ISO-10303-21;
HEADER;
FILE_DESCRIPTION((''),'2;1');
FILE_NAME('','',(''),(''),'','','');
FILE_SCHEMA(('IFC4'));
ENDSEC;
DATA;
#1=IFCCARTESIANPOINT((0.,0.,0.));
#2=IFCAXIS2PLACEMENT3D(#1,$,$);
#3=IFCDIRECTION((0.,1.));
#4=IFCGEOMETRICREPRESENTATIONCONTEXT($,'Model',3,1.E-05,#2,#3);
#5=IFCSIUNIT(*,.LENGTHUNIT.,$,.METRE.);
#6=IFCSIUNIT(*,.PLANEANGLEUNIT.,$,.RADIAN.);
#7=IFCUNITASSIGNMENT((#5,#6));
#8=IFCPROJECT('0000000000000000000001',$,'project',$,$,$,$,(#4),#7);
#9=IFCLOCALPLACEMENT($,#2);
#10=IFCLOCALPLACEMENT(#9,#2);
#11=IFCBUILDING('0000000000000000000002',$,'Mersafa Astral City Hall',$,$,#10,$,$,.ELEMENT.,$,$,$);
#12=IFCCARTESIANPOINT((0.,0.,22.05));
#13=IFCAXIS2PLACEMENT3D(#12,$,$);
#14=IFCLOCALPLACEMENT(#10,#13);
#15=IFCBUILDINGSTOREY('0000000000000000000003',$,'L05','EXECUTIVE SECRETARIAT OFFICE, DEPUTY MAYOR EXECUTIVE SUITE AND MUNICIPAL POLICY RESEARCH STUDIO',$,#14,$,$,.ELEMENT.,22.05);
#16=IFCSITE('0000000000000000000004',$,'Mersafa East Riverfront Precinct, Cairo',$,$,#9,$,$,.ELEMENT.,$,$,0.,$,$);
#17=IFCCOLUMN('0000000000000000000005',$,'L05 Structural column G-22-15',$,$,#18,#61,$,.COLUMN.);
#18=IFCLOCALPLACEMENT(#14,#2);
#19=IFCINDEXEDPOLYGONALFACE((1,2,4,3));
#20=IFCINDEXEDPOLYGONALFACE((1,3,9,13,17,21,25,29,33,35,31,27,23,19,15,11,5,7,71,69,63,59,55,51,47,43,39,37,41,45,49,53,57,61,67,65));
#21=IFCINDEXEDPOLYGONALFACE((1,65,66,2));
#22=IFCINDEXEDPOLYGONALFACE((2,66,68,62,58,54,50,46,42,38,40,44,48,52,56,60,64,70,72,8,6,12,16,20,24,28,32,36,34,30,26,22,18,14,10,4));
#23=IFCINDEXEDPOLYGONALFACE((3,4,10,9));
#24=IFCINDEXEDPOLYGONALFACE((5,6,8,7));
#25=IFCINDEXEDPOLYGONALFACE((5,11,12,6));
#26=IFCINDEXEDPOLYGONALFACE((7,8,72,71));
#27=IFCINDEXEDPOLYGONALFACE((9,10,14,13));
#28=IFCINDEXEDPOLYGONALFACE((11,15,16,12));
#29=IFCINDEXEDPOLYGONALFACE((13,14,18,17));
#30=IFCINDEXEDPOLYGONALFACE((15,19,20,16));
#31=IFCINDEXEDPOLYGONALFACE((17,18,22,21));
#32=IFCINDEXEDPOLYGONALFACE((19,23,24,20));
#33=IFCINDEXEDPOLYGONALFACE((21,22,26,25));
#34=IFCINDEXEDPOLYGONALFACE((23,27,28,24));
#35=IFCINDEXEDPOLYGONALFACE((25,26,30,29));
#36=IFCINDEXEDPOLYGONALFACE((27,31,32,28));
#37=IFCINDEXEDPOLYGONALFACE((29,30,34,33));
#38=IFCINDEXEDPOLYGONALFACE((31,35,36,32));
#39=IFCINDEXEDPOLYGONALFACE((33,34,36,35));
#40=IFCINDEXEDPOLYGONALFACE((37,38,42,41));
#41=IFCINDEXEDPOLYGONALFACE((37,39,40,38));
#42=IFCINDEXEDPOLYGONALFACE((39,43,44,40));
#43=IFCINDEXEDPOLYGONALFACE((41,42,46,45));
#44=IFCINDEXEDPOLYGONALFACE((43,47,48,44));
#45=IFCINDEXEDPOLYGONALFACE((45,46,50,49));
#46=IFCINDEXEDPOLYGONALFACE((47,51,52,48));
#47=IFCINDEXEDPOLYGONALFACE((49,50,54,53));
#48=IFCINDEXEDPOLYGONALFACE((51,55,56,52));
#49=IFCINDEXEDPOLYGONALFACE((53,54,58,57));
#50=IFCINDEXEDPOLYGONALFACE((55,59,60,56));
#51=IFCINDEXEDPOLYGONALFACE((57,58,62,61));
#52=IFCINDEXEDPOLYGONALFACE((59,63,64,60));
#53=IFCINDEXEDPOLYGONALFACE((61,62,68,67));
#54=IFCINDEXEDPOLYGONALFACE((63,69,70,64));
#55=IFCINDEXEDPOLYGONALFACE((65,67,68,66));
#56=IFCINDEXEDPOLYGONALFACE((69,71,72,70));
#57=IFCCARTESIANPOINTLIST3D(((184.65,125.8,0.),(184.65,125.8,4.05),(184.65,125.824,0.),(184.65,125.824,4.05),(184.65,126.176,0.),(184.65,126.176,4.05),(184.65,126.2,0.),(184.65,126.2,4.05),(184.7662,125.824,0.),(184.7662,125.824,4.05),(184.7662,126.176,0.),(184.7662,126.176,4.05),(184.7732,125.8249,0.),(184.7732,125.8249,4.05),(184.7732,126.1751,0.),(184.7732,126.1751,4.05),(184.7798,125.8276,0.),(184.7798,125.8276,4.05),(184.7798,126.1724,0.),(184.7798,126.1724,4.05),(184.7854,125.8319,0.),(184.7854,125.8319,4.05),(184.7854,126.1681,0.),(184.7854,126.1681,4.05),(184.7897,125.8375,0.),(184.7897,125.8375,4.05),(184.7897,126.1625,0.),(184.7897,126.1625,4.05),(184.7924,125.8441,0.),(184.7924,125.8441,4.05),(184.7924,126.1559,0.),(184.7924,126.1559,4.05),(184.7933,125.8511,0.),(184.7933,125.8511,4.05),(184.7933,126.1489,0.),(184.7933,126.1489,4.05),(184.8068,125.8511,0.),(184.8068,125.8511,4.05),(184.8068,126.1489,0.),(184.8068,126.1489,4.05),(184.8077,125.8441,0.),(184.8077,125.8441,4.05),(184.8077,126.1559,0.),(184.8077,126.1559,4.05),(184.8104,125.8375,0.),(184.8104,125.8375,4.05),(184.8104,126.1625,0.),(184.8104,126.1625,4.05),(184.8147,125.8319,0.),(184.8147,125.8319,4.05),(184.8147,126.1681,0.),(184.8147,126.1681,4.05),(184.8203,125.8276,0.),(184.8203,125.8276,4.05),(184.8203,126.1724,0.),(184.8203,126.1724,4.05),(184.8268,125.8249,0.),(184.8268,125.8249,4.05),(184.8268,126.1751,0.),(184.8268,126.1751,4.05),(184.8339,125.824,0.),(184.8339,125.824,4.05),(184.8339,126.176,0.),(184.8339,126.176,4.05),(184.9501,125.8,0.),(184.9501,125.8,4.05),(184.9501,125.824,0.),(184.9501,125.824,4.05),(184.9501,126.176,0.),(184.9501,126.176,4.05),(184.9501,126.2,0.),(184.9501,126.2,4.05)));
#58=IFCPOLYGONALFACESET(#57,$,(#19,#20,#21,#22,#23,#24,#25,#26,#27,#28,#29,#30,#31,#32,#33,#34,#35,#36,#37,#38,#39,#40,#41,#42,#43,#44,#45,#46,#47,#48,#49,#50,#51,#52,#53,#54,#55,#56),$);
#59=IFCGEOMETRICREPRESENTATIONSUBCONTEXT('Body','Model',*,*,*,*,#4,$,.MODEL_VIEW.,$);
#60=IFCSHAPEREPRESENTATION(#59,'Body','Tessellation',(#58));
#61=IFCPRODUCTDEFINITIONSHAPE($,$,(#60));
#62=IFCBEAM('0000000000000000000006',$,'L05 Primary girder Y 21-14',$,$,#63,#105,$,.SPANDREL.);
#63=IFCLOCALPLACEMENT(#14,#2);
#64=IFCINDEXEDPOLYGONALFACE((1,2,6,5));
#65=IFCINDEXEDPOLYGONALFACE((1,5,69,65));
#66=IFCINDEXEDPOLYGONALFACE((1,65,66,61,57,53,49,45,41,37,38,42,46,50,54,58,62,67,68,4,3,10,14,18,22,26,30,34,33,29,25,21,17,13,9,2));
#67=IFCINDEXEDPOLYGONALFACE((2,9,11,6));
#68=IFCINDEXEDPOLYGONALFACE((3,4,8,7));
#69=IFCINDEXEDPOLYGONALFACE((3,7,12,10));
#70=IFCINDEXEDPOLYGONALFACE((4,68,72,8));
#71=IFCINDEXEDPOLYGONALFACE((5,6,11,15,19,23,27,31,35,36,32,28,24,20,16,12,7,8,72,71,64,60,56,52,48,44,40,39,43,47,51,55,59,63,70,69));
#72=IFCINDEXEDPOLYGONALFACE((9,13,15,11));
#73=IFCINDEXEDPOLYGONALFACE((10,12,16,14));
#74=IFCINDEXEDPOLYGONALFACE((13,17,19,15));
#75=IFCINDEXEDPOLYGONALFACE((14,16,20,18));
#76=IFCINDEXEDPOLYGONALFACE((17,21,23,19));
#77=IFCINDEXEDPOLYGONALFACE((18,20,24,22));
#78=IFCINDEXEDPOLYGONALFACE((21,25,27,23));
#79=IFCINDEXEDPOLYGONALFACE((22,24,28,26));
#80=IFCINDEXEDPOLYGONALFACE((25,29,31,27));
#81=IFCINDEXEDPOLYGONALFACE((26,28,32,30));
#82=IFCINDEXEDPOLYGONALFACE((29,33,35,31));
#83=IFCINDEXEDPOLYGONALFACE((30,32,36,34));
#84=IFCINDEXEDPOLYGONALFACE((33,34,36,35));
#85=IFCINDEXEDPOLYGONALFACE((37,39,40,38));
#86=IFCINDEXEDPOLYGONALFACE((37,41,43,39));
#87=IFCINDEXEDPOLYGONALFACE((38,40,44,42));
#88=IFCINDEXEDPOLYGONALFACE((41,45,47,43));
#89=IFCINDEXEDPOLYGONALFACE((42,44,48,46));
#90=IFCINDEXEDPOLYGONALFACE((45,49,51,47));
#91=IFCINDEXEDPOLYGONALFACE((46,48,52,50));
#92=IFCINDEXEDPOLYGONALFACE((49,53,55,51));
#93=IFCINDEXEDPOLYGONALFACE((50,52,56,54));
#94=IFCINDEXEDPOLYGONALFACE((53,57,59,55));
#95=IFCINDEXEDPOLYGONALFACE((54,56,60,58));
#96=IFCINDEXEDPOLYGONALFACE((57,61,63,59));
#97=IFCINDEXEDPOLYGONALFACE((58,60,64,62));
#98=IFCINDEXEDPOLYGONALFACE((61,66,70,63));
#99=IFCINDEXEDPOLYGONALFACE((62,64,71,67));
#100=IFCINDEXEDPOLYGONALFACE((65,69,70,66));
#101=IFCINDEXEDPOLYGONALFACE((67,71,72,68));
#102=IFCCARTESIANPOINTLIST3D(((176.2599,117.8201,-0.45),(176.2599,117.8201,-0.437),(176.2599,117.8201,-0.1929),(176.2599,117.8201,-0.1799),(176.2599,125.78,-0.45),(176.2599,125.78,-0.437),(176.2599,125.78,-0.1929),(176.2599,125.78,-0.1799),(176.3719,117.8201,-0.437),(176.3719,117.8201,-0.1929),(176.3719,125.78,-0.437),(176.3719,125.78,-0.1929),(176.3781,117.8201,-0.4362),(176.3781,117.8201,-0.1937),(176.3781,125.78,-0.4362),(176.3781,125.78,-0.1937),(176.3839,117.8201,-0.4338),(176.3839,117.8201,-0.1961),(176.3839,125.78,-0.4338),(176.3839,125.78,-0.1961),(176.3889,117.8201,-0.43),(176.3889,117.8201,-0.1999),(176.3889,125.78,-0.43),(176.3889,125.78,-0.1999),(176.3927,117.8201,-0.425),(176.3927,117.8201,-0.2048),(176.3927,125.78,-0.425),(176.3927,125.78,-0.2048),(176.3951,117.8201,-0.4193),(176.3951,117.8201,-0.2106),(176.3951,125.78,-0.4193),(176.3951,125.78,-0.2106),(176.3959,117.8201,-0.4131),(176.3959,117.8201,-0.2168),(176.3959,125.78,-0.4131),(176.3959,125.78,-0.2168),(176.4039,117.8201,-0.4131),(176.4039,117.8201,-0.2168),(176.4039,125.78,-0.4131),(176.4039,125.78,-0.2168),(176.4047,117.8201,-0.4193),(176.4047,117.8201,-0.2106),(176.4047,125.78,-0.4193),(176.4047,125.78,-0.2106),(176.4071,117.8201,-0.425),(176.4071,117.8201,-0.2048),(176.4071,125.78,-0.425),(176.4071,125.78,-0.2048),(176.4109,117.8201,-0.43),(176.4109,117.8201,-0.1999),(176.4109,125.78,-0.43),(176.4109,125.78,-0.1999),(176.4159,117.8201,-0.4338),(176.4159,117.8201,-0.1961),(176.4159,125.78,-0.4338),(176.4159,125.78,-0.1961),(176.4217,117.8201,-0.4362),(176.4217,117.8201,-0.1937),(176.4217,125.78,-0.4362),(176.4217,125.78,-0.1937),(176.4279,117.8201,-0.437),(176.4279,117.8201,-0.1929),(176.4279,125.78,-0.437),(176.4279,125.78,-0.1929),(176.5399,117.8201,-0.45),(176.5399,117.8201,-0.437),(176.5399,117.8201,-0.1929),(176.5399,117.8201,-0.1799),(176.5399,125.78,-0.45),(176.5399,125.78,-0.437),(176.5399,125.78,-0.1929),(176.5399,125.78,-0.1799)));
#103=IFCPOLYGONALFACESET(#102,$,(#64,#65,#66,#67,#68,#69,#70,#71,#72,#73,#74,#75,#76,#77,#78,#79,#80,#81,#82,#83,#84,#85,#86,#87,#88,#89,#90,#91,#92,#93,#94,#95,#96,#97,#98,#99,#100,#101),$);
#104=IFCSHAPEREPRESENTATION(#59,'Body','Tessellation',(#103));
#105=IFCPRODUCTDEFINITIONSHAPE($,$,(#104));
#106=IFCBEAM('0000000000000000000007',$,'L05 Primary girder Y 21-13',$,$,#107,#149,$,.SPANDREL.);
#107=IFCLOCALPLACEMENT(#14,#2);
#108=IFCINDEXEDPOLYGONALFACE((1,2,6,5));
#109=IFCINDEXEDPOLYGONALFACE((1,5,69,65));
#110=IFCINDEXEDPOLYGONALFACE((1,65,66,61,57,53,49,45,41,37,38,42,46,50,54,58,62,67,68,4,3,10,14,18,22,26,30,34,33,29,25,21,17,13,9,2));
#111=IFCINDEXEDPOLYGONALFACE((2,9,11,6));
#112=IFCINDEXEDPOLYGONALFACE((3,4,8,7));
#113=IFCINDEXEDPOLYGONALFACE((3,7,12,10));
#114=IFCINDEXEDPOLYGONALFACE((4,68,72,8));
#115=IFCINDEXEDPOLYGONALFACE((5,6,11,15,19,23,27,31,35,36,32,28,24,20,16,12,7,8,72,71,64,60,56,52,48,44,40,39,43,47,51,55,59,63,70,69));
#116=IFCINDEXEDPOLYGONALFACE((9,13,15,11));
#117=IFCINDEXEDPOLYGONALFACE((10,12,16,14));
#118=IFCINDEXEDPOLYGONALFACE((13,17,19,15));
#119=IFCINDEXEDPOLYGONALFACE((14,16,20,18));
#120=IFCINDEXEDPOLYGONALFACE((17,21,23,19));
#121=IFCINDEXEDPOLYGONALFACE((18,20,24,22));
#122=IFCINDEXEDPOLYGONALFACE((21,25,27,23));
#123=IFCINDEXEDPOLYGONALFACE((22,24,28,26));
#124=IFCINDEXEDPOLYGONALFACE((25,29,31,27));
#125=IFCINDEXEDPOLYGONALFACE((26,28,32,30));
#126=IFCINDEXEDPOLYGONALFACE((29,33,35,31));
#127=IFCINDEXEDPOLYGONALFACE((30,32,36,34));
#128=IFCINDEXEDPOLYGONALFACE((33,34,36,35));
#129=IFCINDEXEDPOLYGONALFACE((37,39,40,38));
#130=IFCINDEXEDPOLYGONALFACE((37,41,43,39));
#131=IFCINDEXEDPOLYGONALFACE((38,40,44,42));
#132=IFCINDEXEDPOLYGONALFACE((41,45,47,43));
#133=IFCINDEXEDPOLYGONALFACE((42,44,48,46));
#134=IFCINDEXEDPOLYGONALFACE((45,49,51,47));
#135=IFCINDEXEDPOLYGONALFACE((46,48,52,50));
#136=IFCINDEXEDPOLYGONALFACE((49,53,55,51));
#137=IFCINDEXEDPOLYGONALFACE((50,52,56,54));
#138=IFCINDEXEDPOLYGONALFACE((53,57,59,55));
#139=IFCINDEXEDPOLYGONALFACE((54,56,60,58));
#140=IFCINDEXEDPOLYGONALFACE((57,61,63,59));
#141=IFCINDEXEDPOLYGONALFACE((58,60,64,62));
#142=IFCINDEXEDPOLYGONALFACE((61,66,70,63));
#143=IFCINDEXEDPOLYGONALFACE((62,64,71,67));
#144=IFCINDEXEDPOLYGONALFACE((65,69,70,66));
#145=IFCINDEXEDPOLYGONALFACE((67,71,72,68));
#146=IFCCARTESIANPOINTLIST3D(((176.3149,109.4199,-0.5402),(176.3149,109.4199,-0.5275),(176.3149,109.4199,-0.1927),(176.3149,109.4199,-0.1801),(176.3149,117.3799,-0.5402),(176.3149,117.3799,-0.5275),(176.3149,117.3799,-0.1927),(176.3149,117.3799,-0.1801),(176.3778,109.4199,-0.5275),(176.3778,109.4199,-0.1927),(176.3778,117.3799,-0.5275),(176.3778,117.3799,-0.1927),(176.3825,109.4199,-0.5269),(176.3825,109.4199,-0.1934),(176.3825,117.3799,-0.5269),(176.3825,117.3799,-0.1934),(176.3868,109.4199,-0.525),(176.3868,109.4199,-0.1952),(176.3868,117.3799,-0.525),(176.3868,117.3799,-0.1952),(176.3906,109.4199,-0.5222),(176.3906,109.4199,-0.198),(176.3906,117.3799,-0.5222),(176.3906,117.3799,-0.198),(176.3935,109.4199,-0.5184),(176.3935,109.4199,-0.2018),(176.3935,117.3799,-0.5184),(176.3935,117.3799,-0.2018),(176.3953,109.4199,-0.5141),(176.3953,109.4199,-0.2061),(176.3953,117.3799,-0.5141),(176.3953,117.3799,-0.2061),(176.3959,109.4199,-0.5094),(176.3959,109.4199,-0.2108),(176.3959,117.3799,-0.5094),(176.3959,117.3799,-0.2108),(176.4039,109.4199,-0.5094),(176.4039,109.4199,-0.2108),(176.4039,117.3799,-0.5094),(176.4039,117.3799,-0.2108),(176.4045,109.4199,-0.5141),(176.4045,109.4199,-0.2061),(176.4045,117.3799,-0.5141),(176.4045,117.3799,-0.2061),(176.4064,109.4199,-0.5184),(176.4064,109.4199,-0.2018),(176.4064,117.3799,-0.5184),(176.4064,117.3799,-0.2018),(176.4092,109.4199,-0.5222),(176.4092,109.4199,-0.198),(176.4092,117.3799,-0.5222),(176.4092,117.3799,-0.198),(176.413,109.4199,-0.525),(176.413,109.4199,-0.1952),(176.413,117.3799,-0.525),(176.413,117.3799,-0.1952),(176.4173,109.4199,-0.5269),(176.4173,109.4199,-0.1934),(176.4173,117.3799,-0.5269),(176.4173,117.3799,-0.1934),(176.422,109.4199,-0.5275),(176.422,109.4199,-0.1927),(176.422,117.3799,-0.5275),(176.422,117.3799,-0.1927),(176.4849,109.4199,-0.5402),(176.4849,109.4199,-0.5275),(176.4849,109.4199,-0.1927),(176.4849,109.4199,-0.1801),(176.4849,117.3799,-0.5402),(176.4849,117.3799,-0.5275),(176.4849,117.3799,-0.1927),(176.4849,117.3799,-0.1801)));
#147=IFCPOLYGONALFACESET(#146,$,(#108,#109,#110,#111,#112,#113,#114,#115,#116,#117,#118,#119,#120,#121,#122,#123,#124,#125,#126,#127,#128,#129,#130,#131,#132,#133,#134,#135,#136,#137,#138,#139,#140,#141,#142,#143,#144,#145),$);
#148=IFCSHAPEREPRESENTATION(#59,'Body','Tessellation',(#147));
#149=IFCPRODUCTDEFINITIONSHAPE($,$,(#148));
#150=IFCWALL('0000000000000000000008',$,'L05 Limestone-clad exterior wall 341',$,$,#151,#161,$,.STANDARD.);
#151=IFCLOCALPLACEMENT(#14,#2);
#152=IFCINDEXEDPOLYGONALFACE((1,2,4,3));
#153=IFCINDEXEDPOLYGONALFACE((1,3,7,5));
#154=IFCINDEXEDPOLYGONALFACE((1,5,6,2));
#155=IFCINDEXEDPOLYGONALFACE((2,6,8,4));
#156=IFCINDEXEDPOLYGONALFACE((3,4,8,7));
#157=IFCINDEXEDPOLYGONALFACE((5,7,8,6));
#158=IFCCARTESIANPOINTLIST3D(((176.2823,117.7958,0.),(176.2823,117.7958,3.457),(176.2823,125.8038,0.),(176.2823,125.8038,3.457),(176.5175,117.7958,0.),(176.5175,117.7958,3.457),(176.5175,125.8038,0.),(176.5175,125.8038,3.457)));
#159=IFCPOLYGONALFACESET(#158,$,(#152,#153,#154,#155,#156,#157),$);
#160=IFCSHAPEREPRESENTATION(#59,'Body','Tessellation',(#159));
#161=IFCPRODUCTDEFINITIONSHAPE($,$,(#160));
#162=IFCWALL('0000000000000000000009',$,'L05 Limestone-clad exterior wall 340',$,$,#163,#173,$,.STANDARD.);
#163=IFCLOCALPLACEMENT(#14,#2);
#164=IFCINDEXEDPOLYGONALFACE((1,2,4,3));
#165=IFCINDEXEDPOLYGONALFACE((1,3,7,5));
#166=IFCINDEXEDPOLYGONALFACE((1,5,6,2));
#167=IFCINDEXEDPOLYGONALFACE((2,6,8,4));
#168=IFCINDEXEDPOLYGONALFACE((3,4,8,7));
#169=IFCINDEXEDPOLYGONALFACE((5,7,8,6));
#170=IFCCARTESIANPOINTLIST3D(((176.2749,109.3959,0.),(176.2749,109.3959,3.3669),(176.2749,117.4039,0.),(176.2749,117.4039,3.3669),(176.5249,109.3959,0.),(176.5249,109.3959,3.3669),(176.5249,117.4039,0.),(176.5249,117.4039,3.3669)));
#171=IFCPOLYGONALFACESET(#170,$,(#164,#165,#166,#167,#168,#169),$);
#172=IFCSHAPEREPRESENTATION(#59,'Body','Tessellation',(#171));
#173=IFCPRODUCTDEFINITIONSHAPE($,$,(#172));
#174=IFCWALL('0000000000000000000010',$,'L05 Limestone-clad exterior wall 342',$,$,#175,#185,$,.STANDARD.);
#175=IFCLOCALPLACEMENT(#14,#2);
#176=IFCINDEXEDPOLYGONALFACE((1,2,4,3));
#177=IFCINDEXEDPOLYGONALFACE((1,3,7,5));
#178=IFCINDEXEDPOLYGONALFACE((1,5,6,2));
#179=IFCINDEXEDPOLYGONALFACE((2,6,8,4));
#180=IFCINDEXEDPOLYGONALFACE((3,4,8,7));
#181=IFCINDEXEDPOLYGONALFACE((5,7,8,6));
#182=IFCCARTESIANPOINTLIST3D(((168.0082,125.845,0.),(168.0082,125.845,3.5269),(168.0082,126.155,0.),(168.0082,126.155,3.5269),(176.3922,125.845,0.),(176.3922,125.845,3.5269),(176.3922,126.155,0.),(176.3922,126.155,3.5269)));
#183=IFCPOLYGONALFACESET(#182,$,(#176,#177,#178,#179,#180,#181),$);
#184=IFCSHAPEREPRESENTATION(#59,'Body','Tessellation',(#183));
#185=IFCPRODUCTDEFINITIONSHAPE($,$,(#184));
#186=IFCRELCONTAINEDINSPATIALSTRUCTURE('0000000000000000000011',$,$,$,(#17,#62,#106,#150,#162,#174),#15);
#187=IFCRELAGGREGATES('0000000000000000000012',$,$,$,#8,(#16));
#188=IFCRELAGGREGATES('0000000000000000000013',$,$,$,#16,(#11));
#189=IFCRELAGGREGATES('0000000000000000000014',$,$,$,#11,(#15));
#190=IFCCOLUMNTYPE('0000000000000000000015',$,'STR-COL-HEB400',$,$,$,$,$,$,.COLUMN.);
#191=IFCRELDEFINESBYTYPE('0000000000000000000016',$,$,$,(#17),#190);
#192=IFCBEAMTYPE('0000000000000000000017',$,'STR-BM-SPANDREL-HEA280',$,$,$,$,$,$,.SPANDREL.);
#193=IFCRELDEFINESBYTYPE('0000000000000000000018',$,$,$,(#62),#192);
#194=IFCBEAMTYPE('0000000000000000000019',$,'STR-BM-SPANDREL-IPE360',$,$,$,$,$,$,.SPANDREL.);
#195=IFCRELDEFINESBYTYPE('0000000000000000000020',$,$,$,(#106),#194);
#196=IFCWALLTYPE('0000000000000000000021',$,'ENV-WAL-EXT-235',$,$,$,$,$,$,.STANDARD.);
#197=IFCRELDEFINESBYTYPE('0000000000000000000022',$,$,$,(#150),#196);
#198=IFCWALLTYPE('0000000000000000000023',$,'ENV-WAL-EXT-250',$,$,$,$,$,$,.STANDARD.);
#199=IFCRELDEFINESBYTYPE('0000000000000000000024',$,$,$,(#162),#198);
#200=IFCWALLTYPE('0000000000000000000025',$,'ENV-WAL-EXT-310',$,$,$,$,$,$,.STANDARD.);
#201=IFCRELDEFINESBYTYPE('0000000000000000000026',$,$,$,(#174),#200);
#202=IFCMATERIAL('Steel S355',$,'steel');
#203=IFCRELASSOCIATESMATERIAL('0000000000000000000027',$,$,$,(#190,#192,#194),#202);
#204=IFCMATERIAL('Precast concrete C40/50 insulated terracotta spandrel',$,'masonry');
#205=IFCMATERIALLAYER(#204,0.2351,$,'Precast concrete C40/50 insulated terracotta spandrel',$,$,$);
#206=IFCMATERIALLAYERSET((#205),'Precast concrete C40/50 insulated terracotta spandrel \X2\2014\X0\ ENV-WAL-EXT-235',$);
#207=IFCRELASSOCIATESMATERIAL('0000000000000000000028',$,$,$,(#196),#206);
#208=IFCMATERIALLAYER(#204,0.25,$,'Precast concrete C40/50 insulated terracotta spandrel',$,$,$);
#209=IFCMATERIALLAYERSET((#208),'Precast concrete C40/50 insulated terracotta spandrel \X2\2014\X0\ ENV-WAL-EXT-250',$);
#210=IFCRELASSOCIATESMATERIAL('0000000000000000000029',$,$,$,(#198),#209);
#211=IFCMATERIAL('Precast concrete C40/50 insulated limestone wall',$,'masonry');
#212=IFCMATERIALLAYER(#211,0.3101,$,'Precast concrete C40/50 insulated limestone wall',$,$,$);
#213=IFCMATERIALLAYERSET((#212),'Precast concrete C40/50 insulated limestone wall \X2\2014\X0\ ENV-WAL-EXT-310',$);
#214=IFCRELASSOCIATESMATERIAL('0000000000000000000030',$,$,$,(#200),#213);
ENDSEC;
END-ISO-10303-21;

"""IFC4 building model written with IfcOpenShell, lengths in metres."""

from ifc_helpers import new_model, si_unit, direction, frame, frame_2d, origin, origin_2d, place, context, subcontext, project, spatial, rectangle, i_section, extrude, material, layer, layer_set, material_profile, profile_set, type_object, element, save


model = new_model("IFC4")

# Units and contexts
model_context = context("Model", 3, precision=1e-05, world=origin(), true_north=direction((0.0, 1.0)))
body_context = subcontext(model_context, "Body", "Model", "MODEL_VIEW")
ifc_project = project(units=[si_unit("LENGTHUNIT", "METRE"), si_unit("PLANEANGLEUNIT", "RADIAN")], contexts=[model_context])

# Site, building, storey
site_placement = place(None, origin())
site = spatial("IfcSite", under=ifc_project, at=site_placement, Name="Mersafa East Riverfront Precinct, Cairo", CompositionType="ELEMENT", RefElevation=0.0)
building_placement = place(site_placement, origin())
building = spatial("IfcBuilding", under=site, at=building_placement, Name="Mersafa Astral City Hall", CompositionType="ELEMENT")
storey_placement = place(building_placement, frame((0.0, 0.0, 22.05)))
storey = spatial("IfcBuildingStorey", under=building, at=storey_placement, Name="L05", Description="EXECUTIVE SECRETARIAT OFFICE, DEPUTY MAYOR EXECUTIVE SUITE AND MUNICIPAL POLICY RESEARCH STUDIO", CompositionType="ELEMENT", Elevation=22.05)

# Column
ifc_material_1 = material(Name="Steel S355", Category="steel")
ifc_material_profile_1 = material_profile(ifc_material_1, i_section(OverallWidth=0.3, OverallDepth=0.3999, WebThickness=0.0134, FlangeThickness=0.0239, FilletRadius=0.0271, at=origin_2d()), Name="HEB 400")
ifc_profile_set_1 = profile_set([ifc_material_profile_1], Name="Steel S355")
column_type = type_object("IfcColumnType", Name="STR-COL-HEB400", PredefinedType="COLUMN", material=ifc_profile_set_1)
for number, where, z_axis, x_axis, name in (
    (1, (184.8, 126.0, 0.0), (0.0, 0.0, 1.0), (1.0, 0.0, 0.0), "L05 Structural column G-22-15"),
):
    element("IfcColumn", number, at=place(storey_placement, frame(where, z_axis=z_axis, x_axis=x_axis)), inside=storey, type_object=column_type, Name=name, PredefinedType="COLUMN", context=body_context, shape_type="SweptSolid", body=[
        extrude(i_section(OverallWidth=0.3, OverallDepth=0.3999, WebThickness=0.0134, FlangeThickness=0.0239, FilletRadius=0.0271, at=origin_2d()), origin(), (0.0, 0.0, 1.0), 4.05),
    ])

# Beams
ifc_material_profile_2 = material_profile(ifc_material_1, i_section(OverallWidth=0.28, OverallDepth=0.27, WebThickness=0.0081, FlangeThickness=0.0129, FilletRadius=0.0239, at=origin_2d()), Name="HEA 280")
ifc_profile_set_2 = profile_set([ifc_material_profile_2], Name="Steel S355")
beam_type_1 = type_object("IfcBeamType", Name="STR-BM-SPANDREL-HEA280", PredefinedType="SPANDREL", material=ifc_profile_set_2)
beam_1_placement = place(storey_placement, frame((176.3999, 117.8201, -0.3149), z_axis=(0.0, 1.0, 0.0), x_axis=(-1.0, 0.0, 0.0)))
element("IfcBeam", 2, at=beam_1_placement, inside=storey, type_object=beam_type_1, Name="L05 Primary girder Y 21-14", PredefinedType="SPANDREL", context=body_context, shape_type="SweptSolid", body=[
    extrude(i_section(OverallWidth=0.28, OverallDepth=0.27, WebThickness=0.0081, FlangeThickness=0.0129, FilletRadius=0.0239, at=origin_2d()), origin(), (0.0, 0.0, 1.0), 7.96),
])
ifc_material_profile_3 = material_profile(ifc_material_1, i_section(OverallWidth=0.1699, OverallDepth=0.3601, WebThickness=0.0081, FlangeThickness=0.0127, FilletRadius=0.0181, at=origin_2d()), Name="IPE 360")
ifc_profile_set_3 = profile_set([ifc_material_profile_3], Name="Steel S355")
beam_type_2 = type_object("IfcBeamType", Name="STR-BM-SPANDREL-IPE360", PredefinedType="SPANDREL", material=ifc_profile_set_3)
beam_2_placement = place(storey_placement, frame((176.3999, 109.4199, -0.3601), z_axis=(0.0, 1.0, 0.0), x_axis=(-1.0, 0.0, 0.0)))
element("IfcBeam", 3, at=beam_2_placement, inside=storey, type_object=beam_type_2, Name="L05 Primary girder Y 21-13", PredefinedType="SPANDREL", context=body_context, shape_type="SweptSolid", body=[
    extrude(i_section(OverallWidth=0.1699, OverallDepth=0.3601, WebThickness=0.0081, FlangeThickness=0.0127, FilletRadius=0.0181, at=origin_2d()), origin(), (0.0, 0.0, 1.0), 7.96),
])

# Walls
ifc_material_2 = material(Name="Precast concrete C40/50 insulated terracotta spandrel", Category="masonry")
ifc_layer_1 = layer(ifc_material_2, 0.2351, Name="Precast concrete C40/50 insulated terracotta spandrel")
ifc_layer_set_1 = layer_set([ifc_layer_1], Name="Precast concrete C40/50 insulated terracotta spandrel — ENV-WAL-EXT-235")
wall_type_1 = type_object("IfcWallType", Name="ENV-WAL-EXT-235", PredefinedType="STANDARD", material=ifc_layer_set_1)
wall_1_placement = place(storey_placement, frame((176.3999, 117.7959, 0.0), z_axis=(0.0, 0.0, 1.0), x_axis=(0.0, 1.0, 0.0)))
element("IfcWall", 4, at=wall_1_placement, inside=storey, type_object=wall_type_1, Name="L05 Limestone-clad exterior wall 341", PredefinedType="STANDARD", context=body_context, shape_type="SweptSolid", body=[
    extrude(rectangle(XDim=8.0081, YDim=0.2351, at=frame_2d((4.0039, 0.0))), origin(), (0.0, 0.0, 1.0), 3.457),
])
ifc_layer_2 = layer(ifc_material_2, 0.25, Name="Precast concrete C40/50 insulated terracotta spandrel")
ifc_layer_set_2 = layer_set([ifc_layer_2], Name="Precast concrete C40/50 insulated terracotta spandrel — ENV-WAL-EXT-250")
wall_type_2 = type_object("IfcWallType", Name="ENV-WAL-EXT-250", PredefinedType="STANDARD", material=ifc_layer_set_2)
wall_2_placement = place(storey_placement, frame((176.3999, 109.396, 0.0), z_axis=(0.0, 0.0, 1.0), x_axis=(0.0, 1.0, 0.0)))
element("IfcWall", 5, at=wall_2_placement, inside=storey, type_object=wall_type_2, Name="L05 Limestone-clad exterior wall 340", PredefinedType="STANDARD", context=body_context, shape_type="SweptSolid", body=[
    extrude(rectangle(XDim=8.0081, YDim=0.25, at=frame_2d((4.0039, 0.0))), origin(), (0.0, 0.0, 1.0), 3.3669),
])
ifc_material_3 = material(Name="Precast concrete C40/50 insulated limestone wall", Category="masonry")
ifc_layer_3 = layer(ifc_material_3, 0.3101, Name="Precast concrete C40/50 insulated limestone wall")
ifc_layer_set_3 = layer_set([ifc_layer_3], Name="Precast concrete C40/50 insulated limestone wall — ENV-WAL-EXT-310")
wall_type_3 = type_object("IfcWallType", Name="ENV-WAL-EXT-310", PredefinedType="STANDARD", material=ifc_layer_set_3)
wall_3_placement = place(storey_placement, frame((176.3921, 126.0, 0.0), z_axis=(0.0, 0.0, 1.0), x_axis=(-1.0, 0.0, 0.0)))
element("IfcWall", 6, at=wall_3_placement, inside=storey, type_object=wall_type_3, Name="L05 Limestone-clad exterior wall 342", PredefinedType="STANDARD", context=body_context, shape_type="SweptSolid", body=[
    extrude(rectangle(XDim=8.384, YDim=0.3101, at=frame_2d((4.1919, 0.0))), origin(), (0.0, 0.0, 1.0), 3.5269),
])

save(model, "model.ifc")
